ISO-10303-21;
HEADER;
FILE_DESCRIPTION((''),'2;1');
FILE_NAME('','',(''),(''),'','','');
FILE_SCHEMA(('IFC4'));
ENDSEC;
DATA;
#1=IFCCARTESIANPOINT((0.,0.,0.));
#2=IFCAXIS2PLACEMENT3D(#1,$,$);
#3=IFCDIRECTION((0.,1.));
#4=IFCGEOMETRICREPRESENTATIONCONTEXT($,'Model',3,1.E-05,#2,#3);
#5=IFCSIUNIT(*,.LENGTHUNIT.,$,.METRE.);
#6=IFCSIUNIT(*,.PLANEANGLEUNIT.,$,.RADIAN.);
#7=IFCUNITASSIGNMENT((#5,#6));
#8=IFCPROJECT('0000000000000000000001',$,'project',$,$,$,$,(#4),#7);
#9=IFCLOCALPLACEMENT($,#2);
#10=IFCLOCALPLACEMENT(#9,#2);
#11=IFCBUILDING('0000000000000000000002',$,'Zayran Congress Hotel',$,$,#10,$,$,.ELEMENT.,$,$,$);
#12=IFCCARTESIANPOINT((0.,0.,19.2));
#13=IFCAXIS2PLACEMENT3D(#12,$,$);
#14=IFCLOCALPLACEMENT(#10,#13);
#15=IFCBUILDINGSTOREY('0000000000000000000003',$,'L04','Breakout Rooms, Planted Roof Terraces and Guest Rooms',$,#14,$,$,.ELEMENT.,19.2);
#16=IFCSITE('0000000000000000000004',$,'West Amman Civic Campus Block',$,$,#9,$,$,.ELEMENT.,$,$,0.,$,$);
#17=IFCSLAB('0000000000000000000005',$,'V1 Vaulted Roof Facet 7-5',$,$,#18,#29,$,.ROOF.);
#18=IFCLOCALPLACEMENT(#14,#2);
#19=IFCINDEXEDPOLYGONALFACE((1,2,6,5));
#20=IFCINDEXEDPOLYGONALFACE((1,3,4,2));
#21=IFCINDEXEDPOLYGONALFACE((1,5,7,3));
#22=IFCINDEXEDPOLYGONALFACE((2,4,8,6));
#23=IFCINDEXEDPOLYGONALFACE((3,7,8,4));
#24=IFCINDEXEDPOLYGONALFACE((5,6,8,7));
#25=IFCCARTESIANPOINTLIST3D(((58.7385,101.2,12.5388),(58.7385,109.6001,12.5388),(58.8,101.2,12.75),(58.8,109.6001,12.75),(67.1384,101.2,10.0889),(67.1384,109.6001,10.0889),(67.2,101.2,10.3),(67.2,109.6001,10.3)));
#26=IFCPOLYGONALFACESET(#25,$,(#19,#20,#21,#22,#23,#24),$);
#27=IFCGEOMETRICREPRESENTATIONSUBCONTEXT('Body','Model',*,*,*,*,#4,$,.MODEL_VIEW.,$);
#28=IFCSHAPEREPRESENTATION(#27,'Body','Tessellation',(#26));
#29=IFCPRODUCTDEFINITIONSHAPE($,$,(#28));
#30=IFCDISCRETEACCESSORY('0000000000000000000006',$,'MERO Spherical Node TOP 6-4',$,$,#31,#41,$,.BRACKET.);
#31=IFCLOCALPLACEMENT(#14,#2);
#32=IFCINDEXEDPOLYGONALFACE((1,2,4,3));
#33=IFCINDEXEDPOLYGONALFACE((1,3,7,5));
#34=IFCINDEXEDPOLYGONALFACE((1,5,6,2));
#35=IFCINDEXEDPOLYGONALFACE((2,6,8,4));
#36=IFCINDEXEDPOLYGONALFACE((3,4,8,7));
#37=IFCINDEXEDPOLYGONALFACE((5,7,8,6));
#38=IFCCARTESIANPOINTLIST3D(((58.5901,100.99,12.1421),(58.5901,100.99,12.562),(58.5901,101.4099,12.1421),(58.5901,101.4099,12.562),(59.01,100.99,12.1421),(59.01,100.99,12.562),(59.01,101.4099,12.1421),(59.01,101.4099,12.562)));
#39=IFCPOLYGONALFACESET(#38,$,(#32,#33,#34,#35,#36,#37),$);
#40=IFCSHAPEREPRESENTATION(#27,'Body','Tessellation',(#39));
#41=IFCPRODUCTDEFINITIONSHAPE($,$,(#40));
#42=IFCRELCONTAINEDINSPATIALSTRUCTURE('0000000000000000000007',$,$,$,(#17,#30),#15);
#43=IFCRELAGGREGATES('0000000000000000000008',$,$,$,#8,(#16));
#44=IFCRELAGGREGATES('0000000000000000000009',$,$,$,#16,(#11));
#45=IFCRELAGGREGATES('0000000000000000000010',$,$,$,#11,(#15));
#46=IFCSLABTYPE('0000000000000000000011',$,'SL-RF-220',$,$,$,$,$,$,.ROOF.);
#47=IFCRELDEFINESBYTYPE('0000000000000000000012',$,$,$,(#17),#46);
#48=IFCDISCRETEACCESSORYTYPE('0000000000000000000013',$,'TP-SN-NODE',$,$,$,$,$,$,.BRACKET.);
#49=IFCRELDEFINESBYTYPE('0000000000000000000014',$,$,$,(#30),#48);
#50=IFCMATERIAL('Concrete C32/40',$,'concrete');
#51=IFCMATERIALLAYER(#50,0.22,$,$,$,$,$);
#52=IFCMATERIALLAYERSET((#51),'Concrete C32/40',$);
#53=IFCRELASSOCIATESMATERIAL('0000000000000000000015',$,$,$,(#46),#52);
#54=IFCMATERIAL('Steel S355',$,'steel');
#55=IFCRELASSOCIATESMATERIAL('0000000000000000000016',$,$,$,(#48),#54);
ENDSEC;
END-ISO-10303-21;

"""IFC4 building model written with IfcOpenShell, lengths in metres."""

from ifc_helpers import new_model, si_unit, direction, frame, origin, origin_2d, place, context, subcontext, project, spatial, polyline, rectangle, outline, extrude, material, layer, layer_set, type_object, element, save


model = new_model("IFC4")

# Units and contexts
model_context = context("Model", 3, precision=1e-05, world=origin(), true_north=direction((0.0, 1.0)))
body_context = subcontext(model_context, "Body", "Model", "MODEL_VIEW")
ifc_project = project(units=[si_unit("LENGTHUNIT", "METRE"), si_unit("PLANEANGLEUNIT", "RADIAN")], contexts=[model_context])

# Site, building, storey
site_placement = place(None, origin())
site = spatial("IfcSite", under=ifc_project, at=site_placement, Name="West Amman Civic Campus Block", CompositionType="ELEMENT", RefElevation=0.0)
building_placement = place(site_placement, origin())
building = spatial("IfcBuilding", under=site, at=building_placement, Name="Zayran Congress Hotel", CompositionType="ELEMENT")
storey_placement = place(building_placement, frame((0.0, 0.0, 19.2)))
storey = spatial("IfcBuildingStorey", under=building, at=storey_placement, Name="L04", Description="Breakout Rooms, Planted Roof Terraces and Guest Rooms", CompositionType="ELEMENT", Elevation=19.2)

# Shared definitions
ifc_material_1 = material(Name="Steel S355", Category="steel")

# Slab
ifc_material_2 = material(Name="Concrete C32/40", Category="concrete")
ifc_layer_1 = layer(ifc_material_2, 0.22)
ifc_layer_set_1 = layer_set([ifc_layer_1], Name="Concrete C32/40")
slab_type = type_object("IfcSlabType", Name="SL-RF-220", PredefinedType="ROOF", material=ifc_layer_set_1)
slab_placement = place(storey_placement, frame((58.8, 101.2, 12.75), z_axis=(0.279998, 0.0, 0.960001), x_axis=(0.960001, 0.0, -0.279998)))
element("IfcSlab", 1, at=slab_placement, inside=storey, type_object=slab_type, Name="V1 Vaulted Roof Facet 7-5", PredefinedType="ROOF", context=body_context, shape_type="SweptSolid", body=[
    extrude(outline(polyline([(0.0, 0.0), (8.7499, 0.0), (8.7499, 8.4001), (0.0, 8.4001), (0.0, 0.0)])), origin(), (0.0, 0.0, -1.0), 0.22),
])

# Discrete accessory
discrete_accessory_type = type_object("IfcDiscreteAccessoryType", Name="TP-SN-NODE", PredefinedType="BRACKET", material=ifc_material_1)
discrete_accessory_placement = place(storey_placement, frame((58.8, 101.2, 12.1421), z_axis=(0.0, 0.0, 1.0), x_axis=(1.0, 0.0, 0.0)))
element("IfcDiscreteAccessory", 2, at=discrete_accessory_placement, inside=storey, type_object=discrete_accessory_type, Name="MERO Spherical Node TOP 6-4", PredefinedType="BRACKET", context=body_context, shape_type="SweptSolid", body=[
    extrude(rectangle(XDim=0.4199, YDim=0.4199, at=origin_2d()), origin(), (0.0, 0.0, 1.0), 0.4199),
])

save(model, "model.ifc")
